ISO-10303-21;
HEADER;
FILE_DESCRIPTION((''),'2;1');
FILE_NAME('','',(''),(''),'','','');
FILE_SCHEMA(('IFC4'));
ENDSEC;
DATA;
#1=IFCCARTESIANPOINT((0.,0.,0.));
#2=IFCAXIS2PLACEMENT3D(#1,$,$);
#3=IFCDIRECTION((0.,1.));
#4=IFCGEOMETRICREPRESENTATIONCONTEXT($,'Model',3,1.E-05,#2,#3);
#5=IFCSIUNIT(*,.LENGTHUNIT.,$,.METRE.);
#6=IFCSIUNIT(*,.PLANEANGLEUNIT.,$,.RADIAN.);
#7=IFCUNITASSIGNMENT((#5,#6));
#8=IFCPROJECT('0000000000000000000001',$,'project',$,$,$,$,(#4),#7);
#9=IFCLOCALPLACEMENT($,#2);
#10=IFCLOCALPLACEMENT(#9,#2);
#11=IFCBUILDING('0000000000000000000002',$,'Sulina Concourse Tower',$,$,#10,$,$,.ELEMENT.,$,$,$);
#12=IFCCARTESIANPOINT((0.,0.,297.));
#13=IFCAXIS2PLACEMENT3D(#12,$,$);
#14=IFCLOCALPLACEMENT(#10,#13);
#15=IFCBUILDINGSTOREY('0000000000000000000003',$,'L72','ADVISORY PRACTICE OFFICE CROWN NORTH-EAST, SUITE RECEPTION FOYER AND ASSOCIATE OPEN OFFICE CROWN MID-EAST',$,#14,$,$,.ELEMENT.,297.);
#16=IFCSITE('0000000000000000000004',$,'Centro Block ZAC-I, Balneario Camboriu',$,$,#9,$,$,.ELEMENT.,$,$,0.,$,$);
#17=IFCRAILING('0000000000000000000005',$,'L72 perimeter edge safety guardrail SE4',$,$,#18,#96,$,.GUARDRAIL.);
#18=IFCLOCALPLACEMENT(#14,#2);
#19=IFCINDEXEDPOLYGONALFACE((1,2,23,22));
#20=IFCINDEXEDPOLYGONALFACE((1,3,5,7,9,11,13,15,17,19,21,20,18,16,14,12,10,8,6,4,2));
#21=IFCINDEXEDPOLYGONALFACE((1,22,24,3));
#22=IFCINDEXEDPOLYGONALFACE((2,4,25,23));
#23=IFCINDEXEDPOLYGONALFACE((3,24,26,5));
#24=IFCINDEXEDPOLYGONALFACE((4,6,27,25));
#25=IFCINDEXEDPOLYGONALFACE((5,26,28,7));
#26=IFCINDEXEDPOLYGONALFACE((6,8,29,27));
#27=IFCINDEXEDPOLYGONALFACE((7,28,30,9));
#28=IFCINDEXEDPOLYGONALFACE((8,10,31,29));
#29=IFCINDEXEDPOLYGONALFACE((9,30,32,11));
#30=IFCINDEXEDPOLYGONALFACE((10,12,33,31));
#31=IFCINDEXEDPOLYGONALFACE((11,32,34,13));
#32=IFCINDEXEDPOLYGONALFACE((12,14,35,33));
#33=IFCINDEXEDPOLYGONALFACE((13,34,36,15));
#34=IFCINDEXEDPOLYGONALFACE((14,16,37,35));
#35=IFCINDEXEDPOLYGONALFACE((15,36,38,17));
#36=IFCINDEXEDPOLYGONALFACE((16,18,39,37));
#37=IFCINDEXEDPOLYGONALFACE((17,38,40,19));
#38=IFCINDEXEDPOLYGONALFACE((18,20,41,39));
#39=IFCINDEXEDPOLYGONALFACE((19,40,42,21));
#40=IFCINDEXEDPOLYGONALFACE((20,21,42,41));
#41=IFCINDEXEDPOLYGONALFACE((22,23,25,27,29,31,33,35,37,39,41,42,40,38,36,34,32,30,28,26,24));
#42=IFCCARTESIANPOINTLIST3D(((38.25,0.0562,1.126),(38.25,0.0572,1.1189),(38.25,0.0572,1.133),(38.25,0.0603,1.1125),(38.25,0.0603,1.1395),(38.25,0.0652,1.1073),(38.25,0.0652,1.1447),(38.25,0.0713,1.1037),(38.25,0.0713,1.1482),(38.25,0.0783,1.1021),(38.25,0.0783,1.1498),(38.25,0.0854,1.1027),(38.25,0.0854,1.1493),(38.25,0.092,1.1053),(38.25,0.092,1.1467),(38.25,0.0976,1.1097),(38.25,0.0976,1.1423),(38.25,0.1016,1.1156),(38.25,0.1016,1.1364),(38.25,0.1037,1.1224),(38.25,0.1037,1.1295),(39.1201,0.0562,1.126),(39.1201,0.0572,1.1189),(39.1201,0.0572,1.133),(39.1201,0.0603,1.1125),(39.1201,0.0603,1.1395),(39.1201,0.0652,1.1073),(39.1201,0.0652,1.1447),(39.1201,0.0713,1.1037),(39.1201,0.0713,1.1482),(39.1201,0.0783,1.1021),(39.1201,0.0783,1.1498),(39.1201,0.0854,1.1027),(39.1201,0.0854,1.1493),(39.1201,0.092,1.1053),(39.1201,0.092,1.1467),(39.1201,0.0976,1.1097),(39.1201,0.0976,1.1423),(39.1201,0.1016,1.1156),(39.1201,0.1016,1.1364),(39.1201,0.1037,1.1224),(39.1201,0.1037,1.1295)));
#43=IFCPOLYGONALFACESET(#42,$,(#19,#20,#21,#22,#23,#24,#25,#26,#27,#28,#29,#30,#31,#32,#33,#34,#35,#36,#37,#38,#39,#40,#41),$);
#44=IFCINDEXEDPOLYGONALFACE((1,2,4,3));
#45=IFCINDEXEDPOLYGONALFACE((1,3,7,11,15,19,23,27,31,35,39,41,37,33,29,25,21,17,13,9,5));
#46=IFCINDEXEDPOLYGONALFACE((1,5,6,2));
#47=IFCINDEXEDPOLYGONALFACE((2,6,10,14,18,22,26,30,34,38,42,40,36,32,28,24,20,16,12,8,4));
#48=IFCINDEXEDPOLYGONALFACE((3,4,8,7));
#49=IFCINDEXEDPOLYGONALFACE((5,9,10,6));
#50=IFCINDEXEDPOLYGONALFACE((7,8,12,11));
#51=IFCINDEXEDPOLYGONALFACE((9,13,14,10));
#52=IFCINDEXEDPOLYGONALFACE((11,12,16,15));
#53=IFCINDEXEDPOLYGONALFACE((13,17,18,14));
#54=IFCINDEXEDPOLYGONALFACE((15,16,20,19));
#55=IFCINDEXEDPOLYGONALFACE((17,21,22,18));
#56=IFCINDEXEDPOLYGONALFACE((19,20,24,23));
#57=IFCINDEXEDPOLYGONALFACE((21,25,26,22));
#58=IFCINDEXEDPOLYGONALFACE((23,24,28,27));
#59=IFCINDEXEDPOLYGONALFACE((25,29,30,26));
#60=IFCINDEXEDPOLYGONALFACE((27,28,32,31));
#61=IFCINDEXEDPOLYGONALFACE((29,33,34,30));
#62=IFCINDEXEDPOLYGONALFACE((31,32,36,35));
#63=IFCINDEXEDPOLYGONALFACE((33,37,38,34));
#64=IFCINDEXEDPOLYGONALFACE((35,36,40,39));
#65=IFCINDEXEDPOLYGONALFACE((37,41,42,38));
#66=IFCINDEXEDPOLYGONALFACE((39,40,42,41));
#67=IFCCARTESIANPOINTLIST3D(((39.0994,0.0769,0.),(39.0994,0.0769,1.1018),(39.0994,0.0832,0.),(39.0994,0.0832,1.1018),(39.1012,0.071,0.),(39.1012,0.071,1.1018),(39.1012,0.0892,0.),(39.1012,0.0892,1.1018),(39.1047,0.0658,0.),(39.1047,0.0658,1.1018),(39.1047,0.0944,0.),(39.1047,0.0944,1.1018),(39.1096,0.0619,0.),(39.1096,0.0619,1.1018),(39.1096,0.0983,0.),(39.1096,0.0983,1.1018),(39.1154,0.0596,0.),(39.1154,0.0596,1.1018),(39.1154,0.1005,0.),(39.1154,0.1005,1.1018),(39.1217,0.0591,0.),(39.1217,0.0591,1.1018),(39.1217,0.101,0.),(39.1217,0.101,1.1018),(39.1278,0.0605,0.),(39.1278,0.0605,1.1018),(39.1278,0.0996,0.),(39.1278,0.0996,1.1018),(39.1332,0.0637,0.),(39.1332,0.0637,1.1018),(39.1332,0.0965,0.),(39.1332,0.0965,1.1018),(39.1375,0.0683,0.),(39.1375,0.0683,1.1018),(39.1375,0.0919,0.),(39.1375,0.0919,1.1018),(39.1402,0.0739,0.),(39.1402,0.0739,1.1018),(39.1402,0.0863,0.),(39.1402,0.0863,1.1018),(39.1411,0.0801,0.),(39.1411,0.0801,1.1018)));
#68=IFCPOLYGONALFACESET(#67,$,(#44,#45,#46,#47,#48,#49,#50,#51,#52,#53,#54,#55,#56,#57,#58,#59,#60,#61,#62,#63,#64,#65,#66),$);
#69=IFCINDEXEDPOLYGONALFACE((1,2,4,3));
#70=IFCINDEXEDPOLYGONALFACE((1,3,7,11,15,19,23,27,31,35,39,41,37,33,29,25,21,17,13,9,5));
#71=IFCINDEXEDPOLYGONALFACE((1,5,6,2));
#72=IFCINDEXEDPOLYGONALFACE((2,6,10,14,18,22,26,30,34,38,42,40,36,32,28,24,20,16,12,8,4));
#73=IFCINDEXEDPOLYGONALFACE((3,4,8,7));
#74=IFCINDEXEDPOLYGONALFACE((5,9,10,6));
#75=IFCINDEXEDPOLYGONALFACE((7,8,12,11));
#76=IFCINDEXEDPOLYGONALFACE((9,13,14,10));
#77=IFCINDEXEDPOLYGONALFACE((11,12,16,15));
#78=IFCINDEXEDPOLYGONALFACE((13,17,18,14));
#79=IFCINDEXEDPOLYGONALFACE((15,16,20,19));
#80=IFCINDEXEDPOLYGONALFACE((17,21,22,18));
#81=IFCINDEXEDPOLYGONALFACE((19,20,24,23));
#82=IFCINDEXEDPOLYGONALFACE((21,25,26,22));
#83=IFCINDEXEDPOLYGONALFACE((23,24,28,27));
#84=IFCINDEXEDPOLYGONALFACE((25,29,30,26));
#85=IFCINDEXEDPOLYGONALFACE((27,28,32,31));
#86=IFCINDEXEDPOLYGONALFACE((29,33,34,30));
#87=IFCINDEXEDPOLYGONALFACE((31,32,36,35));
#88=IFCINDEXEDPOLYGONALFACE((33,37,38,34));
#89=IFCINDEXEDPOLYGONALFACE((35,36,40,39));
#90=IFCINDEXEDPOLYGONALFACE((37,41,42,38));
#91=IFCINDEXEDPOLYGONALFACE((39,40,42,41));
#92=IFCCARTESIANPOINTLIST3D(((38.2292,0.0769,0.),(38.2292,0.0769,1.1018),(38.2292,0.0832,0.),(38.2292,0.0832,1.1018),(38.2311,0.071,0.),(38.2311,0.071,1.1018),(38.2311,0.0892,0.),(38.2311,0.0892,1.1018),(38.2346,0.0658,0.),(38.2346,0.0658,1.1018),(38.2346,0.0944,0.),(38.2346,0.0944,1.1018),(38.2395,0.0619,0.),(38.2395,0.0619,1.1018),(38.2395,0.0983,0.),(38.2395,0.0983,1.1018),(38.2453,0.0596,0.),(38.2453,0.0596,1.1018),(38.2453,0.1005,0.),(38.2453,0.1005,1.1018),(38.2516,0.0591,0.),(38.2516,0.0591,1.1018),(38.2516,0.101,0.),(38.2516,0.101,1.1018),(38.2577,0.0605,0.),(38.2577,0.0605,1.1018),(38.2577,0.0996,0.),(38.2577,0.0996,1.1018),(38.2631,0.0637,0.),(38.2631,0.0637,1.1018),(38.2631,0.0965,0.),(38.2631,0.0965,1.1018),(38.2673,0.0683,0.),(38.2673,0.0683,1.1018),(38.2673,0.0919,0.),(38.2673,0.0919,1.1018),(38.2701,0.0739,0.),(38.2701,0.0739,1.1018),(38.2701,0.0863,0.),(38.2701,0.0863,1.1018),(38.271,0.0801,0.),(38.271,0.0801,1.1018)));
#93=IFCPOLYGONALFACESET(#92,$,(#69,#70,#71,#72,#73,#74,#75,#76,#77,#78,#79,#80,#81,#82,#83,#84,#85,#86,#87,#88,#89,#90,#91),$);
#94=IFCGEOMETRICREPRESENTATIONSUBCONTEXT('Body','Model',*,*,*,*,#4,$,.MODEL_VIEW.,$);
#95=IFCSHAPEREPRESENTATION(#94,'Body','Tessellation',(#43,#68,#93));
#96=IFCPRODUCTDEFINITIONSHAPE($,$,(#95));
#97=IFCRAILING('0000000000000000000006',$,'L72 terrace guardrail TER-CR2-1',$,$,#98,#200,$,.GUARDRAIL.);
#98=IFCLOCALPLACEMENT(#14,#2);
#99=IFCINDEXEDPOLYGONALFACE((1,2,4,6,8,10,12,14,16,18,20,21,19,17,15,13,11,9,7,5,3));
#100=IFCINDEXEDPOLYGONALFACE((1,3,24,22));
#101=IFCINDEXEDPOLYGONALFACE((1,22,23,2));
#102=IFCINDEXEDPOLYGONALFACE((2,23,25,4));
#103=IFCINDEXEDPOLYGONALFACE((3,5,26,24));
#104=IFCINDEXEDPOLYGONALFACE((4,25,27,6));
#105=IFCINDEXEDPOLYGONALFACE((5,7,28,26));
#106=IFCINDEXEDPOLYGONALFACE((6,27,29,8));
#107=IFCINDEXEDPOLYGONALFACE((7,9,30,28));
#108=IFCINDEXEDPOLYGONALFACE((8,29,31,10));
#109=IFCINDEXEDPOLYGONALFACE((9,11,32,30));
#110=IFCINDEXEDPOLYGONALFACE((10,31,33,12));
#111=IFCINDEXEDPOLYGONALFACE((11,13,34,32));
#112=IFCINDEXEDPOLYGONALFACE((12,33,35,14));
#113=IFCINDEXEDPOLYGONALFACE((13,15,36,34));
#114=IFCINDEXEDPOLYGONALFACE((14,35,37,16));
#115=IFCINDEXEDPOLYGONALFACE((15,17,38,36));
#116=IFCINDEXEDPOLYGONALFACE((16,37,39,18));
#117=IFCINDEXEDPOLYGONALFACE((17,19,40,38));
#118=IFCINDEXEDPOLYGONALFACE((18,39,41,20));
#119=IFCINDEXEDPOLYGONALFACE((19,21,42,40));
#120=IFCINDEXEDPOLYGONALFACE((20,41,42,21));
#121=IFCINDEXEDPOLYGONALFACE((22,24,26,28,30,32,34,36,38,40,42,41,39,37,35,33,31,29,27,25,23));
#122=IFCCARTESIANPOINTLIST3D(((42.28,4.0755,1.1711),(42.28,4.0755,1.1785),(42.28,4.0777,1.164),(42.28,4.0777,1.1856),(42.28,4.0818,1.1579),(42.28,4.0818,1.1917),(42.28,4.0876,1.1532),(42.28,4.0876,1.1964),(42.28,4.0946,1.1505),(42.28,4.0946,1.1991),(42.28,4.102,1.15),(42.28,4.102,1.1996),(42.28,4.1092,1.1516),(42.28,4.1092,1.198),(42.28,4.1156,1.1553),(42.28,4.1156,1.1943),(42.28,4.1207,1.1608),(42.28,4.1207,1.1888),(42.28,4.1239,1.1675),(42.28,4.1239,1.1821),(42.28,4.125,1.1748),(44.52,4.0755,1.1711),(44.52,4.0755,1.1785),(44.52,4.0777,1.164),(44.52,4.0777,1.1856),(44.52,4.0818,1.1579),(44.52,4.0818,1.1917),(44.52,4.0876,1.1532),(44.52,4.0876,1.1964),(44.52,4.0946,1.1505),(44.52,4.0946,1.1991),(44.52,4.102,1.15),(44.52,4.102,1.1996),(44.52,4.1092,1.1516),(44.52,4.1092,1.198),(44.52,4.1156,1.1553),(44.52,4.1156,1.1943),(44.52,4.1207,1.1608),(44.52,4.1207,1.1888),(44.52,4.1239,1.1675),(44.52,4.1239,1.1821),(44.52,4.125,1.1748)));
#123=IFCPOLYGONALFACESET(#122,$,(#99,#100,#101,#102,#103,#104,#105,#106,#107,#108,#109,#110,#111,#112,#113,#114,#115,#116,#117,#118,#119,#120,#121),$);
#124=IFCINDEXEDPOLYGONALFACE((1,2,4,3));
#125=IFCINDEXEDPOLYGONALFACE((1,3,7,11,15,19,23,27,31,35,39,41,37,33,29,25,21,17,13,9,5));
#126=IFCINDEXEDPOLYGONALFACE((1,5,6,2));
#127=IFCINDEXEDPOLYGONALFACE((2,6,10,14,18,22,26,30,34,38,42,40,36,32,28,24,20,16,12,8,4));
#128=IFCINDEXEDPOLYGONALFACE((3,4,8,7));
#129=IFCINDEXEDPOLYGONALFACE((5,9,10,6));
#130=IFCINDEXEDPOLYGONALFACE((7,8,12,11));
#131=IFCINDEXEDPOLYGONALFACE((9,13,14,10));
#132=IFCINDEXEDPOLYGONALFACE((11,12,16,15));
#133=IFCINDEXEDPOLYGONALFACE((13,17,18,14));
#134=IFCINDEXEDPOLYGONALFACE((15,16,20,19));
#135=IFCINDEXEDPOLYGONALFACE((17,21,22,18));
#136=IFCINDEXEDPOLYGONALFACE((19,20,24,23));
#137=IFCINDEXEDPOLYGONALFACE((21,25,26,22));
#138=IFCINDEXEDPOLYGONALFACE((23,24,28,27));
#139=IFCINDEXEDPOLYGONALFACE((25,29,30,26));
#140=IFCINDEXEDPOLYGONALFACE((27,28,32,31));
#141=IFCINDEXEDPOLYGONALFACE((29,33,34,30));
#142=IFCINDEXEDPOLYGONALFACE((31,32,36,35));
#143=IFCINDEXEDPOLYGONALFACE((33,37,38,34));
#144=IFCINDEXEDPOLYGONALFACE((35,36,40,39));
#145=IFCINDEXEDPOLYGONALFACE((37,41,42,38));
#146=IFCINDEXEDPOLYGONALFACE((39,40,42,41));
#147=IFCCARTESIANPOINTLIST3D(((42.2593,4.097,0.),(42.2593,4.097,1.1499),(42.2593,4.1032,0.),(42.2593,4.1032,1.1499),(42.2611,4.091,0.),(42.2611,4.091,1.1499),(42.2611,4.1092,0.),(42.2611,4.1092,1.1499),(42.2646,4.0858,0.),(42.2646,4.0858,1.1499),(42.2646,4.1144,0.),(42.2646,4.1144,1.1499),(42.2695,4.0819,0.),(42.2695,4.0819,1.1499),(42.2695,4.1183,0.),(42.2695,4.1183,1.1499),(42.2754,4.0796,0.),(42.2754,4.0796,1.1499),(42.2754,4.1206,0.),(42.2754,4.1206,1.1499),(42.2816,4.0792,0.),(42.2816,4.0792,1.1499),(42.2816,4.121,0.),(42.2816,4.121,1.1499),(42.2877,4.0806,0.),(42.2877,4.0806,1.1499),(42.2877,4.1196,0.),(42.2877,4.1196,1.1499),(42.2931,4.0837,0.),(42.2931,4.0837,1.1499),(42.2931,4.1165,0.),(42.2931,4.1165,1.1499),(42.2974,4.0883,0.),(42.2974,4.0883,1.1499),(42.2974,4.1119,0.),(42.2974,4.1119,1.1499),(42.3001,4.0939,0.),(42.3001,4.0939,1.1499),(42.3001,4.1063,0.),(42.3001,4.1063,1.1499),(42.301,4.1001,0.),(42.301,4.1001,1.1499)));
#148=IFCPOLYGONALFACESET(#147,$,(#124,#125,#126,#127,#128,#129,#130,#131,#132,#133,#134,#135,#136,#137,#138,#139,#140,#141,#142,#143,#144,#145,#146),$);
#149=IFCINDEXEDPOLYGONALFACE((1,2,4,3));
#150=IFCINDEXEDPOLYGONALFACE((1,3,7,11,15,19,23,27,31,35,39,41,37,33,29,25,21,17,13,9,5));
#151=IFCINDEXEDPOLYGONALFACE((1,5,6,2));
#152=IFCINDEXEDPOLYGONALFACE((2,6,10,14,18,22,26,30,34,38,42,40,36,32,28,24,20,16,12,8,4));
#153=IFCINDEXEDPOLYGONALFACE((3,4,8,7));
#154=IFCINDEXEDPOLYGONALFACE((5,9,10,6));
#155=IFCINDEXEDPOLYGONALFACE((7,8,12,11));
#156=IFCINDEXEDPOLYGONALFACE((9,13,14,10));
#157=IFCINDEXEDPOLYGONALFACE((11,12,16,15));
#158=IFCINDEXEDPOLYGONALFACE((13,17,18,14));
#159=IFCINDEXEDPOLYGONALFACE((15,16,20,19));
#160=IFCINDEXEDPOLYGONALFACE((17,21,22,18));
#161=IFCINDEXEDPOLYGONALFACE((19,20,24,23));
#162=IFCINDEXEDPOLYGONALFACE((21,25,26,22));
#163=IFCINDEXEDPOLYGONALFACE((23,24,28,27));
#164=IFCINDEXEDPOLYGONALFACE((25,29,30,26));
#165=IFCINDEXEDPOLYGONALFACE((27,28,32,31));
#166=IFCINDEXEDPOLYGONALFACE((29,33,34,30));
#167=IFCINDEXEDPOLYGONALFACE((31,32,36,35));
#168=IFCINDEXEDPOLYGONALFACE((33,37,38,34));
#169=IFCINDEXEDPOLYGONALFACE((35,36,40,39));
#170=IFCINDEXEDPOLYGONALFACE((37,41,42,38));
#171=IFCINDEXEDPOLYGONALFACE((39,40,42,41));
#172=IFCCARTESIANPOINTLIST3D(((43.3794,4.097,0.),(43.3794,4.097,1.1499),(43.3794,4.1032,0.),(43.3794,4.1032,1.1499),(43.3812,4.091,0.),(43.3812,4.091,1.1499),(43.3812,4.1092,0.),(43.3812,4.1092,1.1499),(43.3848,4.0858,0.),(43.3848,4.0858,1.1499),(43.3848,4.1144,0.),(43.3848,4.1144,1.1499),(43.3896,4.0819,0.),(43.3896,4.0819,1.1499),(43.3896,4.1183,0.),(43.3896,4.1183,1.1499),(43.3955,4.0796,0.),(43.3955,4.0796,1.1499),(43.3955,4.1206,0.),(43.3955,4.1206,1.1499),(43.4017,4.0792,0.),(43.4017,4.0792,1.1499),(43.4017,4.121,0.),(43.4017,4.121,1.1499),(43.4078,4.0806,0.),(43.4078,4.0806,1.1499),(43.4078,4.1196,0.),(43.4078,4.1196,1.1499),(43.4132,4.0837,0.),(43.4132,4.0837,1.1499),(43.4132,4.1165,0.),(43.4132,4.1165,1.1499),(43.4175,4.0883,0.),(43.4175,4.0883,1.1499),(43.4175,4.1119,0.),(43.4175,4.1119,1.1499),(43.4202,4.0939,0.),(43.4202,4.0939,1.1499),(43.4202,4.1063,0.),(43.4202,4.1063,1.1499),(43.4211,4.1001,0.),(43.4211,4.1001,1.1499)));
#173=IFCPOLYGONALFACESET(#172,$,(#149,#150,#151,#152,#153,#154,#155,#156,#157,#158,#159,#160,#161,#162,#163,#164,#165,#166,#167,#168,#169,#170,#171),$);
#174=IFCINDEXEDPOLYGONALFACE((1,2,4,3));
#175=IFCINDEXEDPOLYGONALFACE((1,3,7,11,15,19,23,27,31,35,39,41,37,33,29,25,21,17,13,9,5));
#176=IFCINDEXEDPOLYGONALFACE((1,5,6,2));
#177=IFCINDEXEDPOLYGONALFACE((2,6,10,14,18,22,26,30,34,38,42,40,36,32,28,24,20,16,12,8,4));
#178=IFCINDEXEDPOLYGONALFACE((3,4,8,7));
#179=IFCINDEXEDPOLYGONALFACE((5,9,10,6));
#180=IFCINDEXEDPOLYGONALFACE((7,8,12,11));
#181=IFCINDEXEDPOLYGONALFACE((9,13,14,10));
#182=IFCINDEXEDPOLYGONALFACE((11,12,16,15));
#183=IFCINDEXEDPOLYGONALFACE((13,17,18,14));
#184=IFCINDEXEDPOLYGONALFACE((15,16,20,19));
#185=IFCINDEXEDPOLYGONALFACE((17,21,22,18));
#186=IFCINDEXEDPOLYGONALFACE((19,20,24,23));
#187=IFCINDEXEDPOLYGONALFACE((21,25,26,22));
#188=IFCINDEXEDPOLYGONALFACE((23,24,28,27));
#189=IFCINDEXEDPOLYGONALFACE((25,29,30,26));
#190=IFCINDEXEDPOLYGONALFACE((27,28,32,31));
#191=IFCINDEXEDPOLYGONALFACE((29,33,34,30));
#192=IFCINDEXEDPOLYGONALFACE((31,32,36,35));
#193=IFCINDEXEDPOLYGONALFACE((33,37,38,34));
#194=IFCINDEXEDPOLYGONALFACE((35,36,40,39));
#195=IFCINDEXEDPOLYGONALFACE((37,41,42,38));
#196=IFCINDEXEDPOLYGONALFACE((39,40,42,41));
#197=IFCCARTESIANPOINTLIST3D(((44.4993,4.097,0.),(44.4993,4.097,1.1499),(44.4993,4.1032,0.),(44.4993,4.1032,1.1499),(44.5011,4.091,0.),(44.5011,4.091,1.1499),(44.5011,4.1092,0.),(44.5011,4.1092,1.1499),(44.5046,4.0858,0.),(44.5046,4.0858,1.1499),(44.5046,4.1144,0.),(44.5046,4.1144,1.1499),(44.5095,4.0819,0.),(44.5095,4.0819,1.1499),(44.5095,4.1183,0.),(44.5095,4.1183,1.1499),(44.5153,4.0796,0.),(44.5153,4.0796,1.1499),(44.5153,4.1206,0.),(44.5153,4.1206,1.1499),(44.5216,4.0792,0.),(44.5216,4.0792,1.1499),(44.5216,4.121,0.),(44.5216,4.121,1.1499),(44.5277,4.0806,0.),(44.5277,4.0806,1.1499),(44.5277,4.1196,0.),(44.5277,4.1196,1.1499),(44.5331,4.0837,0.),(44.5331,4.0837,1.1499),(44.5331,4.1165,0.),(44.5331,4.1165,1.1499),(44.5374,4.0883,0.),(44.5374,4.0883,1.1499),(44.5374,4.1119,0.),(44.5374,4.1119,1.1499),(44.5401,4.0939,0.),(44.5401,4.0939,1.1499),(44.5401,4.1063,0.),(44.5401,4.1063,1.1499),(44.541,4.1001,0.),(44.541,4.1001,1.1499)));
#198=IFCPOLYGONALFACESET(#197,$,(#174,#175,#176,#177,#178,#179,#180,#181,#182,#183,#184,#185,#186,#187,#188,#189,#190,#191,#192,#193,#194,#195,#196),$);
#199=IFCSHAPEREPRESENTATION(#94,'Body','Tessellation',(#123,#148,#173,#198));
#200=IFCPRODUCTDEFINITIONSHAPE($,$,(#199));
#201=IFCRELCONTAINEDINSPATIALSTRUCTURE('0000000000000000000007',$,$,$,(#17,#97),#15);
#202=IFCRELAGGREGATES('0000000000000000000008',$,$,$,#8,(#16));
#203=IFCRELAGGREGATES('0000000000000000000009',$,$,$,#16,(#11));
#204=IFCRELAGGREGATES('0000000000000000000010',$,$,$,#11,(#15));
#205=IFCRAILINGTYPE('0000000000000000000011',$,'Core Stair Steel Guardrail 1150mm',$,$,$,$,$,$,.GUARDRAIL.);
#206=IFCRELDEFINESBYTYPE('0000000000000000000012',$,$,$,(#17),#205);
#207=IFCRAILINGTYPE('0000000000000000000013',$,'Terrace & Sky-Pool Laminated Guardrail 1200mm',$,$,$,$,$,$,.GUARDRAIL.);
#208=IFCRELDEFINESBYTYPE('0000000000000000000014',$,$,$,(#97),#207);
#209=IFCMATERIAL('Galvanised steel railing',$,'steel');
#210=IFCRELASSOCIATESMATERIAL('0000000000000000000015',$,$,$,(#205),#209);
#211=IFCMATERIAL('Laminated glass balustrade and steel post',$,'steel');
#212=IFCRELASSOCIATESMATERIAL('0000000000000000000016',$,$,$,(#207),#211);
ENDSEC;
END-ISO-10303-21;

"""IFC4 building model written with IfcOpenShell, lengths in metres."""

from ifc_helpers import new_model, si_unit, direction, frame, origin, origin_2d, place, context, subcontext, project, spatial, circle, extrude, material, type_object, element, save


model = new_model("IFC4")

# Units and contexts
model_context = context("Model", 3, precision=1e-05, world=origin(), true_north=direction((0.0, 1.0)))
body_context = subcontext(model_context, "Body", "Model", "MODEL_VIEW")
ifc_project = project(units=[si_unit("LENGTHUNIT", "METRE"), si_unit("PLANEANGLEUNIT", "RADIAN")], contexts=[model_context])

# Site, building, storey
site_placement = place(None, origin())
site = spatial("IfcSite", under=ifc_project, at=site_placement, Name="Centro Block ZAC-I, Balneario Camboriu", CompositionType="ELEMENT", RefElevation=0.0)
building_placement = place(site_placement, origin())
building = spatial("IfcBuilding", under=site, at=building_placement, Name="Sulina Concourse Tower", CompositionType="ELEMENT")
storey_placement = place(building_placement, frame((0.0, 0.0, 297.0)))
storey = spatial("IfcBuildingStorey", under=building, at=storey_placement, Name="L72", Description="ADVISORY PRACTICE OFFICE CROWN NORTH-EAST, SUITE RECEPTION FOYER AND ASSOCIATE OPEN OFFICE CROWN MID-EAST", CompositionType="ELEMENT", Elevation=297.0)

# Railings
ifc_material_1 = material(Name="Galvanised steel railing", Category="steel")
railing_type_1 = type_object("IfcRailingType", Name="Core Stair Steel Guardrail 1150mm", PredefinedType="GUARDRAIL", material=ifc_material_1)
railing_1_placement = place(storey_placement, frame((39.1201, 0.0801, 0.0)))
element("IfcRailing", 1, at=railing_1_placement, inside=storey, type_object=railing_type_1, Name="L72 perimeter edge safety guardrail SE4", PredefinedType="GUARDRAIL", context=body_context, shape_type="SweptSolid", body=[
    extrude(circle(Radius=0.0239, at=origin_2d()), frame((0.0, 0.0, 1.126), z_axis=(-1.0, 0.0, 0.0), x_axis=(0.0, -1.0, 0.0)), (0.0, 0.0, 1.0), 0.8701),
    extrude(circle(Radius=0.021, at=origin_2d()), origin(), (0.0, 0.0, 1.0), 1.1018),
    extrude(circle(Radius=0.021, at=origin_2d()), frame((-0.8701, 0.0, 0.0)), (0.0, 0.0, 1.0), 1.1018),
])
ifc_material_2 = material(Name="Laminated glass balustrade and steel post", Category="steel")
railing_type_2 = type_object("IfcRailingType", Name="Terrace & Sky-Pool Laminated Guardrail 1200mm", PredefinedType="GUARDRAIL", material=ifc_material_2)
railing_2_placement = place(storey_placement, frame((42.28, 4.1001, 0.0)))
element("IfcRailing", 2, at=railing_2_placement, inside=storey, type_object=railing_type_2, Name="L72 terrace guardrail TER-CR2-1", PredefinedType="GUARDRAIL", context=body_context, shape_type="SweptSolid", body=[
    extrude(circle(Radius=0.0249, at=origin_2d()), frame((0.0, 0.0, 1.1748), z_axis=(1.0, 0.0, 0.0), x_axis=(0.0, 1.0, 0.0)), (0.0, 0.0, 1.0), 2.24),
    extrude(circle(Radius=0.021, at=origin_2d()), origin(), (0.0, 0.0, 1.0), 1.1499),
    extrude(circle(Radius=0.021, at=origin_2d()), frame((1.1201, 0.0, 0.0)), (0.0, 0.0, 1.0), 1.1499),
    extrude(circle(Radius=0.021, at=origin_2d()), frame((2.24, 0.0, 0.0)), (0.0, 0.0, 1.0), 1.1499),
])

save(model, "model.ifc")
